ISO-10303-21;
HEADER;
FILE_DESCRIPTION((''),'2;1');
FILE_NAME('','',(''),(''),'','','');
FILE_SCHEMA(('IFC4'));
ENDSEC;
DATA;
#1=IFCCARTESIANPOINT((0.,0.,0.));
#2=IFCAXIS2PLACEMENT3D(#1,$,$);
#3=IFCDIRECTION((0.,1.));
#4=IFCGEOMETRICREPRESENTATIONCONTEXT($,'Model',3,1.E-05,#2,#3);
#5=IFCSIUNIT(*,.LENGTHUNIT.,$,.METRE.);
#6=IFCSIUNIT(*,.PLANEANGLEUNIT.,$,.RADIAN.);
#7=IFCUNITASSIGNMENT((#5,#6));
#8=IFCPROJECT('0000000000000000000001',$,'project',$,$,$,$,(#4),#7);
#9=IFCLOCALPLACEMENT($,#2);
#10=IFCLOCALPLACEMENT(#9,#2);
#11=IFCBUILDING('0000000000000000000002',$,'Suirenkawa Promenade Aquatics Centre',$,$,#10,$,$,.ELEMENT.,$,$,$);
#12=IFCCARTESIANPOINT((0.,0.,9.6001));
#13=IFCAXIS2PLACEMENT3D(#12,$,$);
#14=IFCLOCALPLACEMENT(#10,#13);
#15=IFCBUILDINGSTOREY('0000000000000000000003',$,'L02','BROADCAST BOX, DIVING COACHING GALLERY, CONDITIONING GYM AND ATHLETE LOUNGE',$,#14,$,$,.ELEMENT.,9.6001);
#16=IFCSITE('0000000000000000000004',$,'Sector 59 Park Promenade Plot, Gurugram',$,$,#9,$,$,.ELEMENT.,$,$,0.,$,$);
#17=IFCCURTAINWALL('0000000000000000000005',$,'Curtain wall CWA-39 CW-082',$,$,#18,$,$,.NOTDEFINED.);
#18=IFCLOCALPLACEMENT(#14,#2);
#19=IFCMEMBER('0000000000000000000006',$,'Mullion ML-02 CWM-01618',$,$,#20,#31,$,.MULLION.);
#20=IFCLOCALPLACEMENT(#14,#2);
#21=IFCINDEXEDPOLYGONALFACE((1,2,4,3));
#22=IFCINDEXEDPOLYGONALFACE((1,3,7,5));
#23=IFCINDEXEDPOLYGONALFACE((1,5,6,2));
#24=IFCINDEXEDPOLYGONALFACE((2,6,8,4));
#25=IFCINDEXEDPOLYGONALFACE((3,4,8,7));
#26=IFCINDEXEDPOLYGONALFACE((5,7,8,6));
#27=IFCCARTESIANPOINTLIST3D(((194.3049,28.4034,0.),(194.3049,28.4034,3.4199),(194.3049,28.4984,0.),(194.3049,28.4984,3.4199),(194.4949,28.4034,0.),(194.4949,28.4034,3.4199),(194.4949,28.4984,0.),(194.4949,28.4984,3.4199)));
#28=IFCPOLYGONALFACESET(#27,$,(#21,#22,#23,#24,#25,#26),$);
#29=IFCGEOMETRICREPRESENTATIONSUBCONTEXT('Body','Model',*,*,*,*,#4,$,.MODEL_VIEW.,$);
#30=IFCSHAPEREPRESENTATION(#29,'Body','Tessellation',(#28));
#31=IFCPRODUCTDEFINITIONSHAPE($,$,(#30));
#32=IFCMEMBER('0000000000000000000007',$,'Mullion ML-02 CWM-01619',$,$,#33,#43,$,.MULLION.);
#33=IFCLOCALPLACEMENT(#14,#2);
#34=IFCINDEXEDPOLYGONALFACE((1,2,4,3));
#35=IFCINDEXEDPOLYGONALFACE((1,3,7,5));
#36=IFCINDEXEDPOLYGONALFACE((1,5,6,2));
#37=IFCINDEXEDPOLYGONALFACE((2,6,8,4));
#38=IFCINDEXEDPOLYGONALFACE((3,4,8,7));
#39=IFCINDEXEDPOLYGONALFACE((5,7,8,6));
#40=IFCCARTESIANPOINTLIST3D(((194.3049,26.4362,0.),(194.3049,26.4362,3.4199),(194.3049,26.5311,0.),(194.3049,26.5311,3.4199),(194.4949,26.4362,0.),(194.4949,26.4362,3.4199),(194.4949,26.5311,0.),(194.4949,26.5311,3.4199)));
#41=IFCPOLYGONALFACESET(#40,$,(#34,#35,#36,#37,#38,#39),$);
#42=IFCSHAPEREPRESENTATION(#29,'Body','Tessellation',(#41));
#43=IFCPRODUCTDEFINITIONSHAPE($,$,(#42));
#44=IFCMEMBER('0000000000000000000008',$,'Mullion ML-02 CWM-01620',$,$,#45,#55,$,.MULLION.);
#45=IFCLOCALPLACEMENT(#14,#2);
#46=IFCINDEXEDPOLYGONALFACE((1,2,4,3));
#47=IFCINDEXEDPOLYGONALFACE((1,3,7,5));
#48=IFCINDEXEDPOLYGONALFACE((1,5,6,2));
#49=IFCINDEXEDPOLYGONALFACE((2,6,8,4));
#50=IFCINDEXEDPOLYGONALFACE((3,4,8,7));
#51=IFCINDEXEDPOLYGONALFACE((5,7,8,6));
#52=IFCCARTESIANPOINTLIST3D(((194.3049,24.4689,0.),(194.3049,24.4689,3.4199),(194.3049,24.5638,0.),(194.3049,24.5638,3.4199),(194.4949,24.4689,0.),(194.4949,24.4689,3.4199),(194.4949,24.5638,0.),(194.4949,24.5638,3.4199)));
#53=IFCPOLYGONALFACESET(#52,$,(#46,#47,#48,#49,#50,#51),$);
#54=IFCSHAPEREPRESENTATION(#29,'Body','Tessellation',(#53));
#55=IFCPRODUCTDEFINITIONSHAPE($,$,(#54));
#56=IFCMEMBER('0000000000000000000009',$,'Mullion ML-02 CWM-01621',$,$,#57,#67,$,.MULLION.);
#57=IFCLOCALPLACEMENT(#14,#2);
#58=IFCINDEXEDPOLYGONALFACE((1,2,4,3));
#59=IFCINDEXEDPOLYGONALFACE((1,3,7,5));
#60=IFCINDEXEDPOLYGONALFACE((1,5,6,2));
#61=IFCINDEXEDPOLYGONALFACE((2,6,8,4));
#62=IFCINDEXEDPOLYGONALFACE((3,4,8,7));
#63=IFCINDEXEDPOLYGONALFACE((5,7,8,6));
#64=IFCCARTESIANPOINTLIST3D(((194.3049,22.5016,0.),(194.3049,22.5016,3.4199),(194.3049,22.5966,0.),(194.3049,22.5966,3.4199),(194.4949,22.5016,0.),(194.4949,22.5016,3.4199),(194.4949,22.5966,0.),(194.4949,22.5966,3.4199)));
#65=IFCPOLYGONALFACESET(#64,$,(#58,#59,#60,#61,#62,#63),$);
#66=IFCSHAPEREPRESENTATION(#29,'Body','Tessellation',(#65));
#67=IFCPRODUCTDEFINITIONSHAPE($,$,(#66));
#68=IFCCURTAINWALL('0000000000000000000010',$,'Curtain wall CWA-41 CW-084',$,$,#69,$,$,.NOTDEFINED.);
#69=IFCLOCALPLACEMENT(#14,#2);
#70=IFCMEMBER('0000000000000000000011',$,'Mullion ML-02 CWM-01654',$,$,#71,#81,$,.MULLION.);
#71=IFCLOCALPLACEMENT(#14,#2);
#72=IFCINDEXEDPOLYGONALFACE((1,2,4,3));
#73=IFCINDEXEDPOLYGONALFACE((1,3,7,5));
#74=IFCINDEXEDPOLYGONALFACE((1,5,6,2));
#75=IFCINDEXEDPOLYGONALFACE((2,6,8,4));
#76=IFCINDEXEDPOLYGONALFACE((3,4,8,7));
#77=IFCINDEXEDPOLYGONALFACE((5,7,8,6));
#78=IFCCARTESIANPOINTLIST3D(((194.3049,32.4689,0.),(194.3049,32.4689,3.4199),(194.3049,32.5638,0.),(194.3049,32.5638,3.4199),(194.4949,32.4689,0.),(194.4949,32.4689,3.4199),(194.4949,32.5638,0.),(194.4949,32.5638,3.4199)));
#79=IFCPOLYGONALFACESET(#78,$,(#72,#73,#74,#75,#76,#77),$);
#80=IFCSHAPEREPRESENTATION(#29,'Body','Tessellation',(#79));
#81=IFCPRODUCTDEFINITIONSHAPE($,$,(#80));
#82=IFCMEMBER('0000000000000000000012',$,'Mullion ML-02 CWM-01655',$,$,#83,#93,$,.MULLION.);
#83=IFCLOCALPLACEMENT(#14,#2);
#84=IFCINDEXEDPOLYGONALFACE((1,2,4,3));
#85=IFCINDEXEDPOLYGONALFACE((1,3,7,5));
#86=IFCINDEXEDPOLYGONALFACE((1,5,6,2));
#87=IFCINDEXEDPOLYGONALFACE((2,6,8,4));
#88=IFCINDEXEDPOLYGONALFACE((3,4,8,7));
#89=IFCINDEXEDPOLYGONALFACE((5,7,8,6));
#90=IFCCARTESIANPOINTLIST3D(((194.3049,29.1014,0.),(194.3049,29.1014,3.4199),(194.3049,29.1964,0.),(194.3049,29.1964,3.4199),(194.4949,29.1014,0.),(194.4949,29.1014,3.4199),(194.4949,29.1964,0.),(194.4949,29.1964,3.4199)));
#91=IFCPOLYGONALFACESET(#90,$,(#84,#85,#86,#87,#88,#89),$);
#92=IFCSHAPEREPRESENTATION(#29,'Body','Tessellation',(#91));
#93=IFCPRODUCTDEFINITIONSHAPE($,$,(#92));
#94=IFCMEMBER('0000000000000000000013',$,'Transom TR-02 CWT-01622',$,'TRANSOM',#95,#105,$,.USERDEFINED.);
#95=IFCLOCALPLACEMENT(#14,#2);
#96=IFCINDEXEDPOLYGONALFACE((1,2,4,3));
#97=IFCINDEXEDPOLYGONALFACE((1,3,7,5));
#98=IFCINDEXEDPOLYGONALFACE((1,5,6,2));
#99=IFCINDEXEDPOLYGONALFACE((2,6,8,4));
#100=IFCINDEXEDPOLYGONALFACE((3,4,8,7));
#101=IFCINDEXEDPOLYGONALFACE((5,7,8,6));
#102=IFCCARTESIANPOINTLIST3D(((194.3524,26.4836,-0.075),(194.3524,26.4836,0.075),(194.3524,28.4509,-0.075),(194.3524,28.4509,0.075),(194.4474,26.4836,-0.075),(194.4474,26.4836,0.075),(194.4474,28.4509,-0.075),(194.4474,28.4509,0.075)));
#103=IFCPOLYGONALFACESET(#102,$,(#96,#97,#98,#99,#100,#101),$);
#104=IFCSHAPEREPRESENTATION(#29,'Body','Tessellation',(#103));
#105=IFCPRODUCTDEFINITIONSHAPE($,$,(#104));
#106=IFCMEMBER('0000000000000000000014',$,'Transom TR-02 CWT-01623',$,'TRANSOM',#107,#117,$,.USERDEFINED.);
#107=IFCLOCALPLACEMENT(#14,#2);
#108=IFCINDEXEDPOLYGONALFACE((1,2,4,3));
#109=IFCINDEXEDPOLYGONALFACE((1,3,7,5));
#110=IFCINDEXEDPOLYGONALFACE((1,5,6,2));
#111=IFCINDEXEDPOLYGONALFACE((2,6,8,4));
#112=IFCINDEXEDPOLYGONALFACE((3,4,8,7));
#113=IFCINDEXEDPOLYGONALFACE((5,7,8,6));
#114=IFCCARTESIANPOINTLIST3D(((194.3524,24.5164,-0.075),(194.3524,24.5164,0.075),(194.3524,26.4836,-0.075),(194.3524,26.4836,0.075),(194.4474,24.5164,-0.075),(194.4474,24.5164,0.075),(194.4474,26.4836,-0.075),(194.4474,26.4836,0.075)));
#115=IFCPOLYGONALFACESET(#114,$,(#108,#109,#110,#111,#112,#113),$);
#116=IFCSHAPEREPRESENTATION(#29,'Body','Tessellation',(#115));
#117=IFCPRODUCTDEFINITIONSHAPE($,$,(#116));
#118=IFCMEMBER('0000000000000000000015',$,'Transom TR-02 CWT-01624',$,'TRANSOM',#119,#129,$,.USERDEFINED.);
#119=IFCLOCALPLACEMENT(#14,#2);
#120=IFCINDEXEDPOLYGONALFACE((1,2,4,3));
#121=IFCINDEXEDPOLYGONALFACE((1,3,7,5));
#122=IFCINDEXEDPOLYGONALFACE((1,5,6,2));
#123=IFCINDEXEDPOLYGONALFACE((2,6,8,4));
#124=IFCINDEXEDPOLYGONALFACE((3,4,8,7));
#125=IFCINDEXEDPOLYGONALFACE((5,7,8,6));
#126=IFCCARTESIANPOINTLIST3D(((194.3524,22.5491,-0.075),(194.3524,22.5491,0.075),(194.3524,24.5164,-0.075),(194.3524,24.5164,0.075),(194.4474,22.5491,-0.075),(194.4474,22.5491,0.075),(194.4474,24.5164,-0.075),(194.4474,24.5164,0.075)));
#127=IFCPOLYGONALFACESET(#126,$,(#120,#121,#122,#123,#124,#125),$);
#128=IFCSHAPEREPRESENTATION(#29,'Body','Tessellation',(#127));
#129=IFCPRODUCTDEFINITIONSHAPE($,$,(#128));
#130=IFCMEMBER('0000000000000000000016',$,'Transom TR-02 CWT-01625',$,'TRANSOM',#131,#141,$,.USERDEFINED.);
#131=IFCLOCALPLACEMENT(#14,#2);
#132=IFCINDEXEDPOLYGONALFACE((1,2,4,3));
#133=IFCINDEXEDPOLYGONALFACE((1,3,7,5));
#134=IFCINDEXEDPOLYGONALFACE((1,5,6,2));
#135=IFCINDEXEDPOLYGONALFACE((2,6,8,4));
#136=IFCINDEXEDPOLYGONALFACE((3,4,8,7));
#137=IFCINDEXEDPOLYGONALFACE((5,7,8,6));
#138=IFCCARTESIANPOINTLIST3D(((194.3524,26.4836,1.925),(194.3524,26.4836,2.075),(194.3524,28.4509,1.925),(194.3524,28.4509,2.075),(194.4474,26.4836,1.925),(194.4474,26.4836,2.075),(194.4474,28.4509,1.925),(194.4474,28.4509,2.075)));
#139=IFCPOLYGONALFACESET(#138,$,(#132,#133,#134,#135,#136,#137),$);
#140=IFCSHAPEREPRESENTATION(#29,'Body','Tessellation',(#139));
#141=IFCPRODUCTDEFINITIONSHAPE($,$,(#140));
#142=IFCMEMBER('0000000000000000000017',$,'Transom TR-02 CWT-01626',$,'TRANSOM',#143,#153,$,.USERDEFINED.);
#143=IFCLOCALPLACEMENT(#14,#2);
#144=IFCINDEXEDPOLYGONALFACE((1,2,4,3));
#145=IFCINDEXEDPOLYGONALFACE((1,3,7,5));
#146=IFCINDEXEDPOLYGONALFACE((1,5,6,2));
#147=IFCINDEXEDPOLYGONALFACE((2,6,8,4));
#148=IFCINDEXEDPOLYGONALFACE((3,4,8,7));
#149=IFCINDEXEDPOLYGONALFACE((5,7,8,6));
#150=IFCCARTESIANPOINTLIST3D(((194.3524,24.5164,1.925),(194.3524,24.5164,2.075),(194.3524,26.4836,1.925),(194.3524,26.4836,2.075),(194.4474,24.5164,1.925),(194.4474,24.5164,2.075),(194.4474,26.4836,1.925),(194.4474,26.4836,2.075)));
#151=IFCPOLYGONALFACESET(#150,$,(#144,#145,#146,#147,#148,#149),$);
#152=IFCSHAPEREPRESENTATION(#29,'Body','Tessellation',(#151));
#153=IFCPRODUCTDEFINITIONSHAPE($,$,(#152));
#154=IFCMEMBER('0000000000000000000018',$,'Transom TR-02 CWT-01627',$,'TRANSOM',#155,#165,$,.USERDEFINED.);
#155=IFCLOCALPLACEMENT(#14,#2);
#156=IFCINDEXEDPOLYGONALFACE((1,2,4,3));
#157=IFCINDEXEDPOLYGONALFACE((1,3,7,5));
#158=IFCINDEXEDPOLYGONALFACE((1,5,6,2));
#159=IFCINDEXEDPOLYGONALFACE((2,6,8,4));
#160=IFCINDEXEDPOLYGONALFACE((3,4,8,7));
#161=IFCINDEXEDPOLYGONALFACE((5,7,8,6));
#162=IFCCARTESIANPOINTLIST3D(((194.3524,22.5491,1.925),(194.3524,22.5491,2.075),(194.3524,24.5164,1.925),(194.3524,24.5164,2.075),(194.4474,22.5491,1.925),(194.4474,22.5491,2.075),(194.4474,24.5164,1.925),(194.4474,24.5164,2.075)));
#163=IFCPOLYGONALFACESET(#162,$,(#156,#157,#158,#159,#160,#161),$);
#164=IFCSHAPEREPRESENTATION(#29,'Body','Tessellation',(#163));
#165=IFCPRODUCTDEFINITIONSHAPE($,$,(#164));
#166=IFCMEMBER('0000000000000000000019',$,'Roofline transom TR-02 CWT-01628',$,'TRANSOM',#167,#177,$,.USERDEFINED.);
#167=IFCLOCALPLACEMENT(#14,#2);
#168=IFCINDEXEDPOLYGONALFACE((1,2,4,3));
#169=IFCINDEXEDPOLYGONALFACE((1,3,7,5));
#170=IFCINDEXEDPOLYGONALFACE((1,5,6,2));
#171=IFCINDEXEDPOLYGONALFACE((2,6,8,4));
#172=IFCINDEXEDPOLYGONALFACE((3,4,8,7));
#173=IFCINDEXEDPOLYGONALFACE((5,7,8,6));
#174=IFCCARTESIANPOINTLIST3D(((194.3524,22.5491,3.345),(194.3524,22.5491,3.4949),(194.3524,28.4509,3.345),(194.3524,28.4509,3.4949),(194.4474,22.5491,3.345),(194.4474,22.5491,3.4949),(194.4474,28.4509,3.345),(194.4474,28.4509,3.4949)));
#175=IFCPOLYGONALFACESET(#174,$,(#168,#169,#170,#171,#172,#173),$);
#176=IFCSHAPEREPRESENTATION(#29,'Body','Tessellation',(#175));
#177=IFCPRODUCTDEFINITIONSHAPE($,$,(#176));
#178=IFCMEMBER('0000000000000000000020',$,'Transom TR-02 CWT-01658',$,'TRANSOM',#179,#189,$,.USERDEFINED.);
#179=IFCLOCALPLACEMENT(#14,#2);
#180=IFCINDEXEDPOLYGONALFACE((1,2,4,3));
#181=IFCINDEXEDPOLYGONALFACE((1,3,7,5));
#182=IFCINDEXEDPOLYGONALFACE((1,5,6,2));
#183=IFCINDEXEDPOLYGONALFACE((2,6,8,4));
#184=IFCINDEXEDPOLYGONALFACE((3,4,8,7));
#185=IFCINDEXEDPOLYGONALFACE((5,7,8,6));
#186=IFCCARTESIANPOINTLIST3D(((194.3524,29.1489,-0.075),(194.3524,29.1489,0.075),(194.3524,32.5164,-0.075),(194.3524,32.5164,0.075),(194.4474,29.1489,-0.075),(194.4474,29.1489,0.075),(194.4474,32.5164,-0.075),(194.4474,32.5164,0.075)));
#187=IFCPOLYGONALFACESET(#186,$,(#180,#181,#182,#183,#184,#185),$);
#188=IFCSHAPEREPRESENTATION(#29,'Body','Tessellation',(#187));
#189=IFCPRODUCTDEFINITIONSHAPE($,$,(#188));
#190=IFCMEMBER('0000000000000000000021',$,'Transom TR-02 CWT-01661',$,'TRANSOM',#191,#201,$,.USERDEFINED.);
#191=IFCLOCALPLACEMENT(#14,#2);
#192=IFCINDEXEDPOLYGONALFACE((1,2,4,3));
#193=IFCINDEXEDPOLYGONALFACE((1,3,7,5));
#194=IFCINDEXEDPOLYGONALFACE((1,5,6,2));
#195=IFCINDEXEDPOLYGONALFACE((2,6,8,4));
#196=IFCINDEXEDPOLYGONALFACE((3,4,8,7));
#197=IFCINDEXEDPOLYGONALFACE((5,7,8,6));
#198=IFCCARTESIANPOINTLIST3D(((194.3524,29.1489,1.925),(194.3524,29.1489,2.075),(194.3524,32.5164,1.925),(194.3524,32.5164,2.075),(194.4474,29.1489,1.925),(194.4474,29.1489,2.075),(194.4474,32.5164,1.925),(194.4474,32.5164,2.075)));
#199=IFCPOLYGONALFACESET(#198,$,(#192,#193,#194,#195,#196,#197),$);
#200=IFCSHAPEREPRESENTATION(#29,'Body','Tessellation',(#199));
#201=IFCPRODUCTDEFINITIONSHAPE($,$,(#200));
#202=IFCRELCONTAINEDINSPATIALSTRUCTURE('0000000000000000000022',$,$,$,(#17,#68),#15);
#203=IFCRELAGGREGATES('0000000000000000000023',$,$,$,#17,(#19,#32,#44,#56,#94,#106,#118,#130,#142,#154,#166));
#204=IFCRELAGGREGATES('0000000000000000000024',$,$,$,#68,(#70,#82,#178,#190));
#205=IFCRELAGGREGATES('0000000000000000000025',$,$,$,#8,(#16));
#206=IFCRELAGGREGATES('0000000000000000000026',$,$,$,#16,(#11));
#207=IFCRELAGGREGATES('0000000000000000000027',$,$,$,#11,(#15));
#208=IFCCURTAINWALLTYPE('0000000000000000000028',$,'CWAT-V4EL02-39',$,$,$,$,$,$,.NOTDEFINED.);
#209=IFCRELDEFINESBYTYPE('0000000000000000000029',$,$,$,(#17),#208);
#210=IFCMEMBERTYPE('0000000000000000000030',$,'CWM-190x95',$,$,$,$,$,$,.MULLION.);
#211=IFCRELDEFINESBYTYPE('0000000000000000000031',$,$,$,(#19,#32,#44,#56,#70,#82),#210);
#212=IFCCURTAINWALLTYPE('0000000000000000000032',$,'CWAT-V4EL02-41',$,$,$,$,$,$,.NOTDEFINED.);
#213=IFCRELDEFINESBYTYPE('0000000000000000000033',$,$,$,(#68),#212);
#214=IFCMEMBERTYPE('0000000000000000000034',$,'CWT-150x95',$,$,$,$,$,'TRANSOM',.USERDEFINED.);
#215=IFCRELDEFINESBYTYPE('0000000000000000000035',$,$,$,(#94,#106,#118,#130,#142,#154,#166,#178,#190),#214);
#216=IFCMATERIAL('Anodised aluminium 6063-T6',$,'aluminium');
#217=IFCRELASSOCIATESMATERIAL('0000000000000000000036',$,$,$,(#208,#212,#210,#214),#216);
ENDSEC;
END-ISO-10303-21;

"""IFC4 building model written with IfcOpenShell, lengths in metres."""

from ifc_helpers import new_model, si_unit, direction, frame, origin, origin_2d, place, context, subcontext, project, spatial, rectangle, extrude, material, material_profile, profile_set, type_object, element, aggregate, save


model = new_model("IFC4")

# Units and contexts
model_context = context("Model", 3, precision=1e-05, world=origin(), true_north=direction((0.0, 1.0)))
body_context = subcontext(model_context, "Body", "Model", "MODEL_VIEW")
ifc_project = project(units=[si_unit("LENGTHUNIT", "METRE"), si_unit("PLANEANGLEUNIT", "RADIAN")], contexts=[model_context])

# Site, building, storey
site_placement = place(None, origin())
site = spatial("IfcSite", under=ifc_project, at=site_placement, Name="Sector 59 Park Promenade Plot, Gurugram", CompositionType="ELEMENT", RefElevation=0.0)
building_placement = place(site_placement, origin())
building = spatial("IfcBuilding", under=site, at=building_placement, Name="Suirenkawa Promenade Aquatics Centre", CompositionType="ELEMENT")
storey_placement = place(building_placement, frame((0.0, 0.0, 9.6001)))
storey = spatial("IfcBuildingStorey", under=building, at=storey_placement, Name="L02", Description="BROADCAST BOX, DIVING COACHING GALLERY, CONDITIONING GYM AND ATHLETE LOUNGE", CompositionType="ELEMENT", Elevation=9.6001)

# Curtain walls, members
ifc_material_1 = material(Name="Anodised aluminium 6063-T6", Category="aluminium")
curtain_wall_type_1 = type_object("IfcCurtainWallType", Name="CWAT-V4EL02-39", PredefinedType="NOTDEFINED", material=ifc_material_1)
curtain_wall_1_placement = place(storey_placement, origin())
curtain_wall_1 = element("IfcCurtainWall", 1, at=curtain_wall_1_placement, inside=storey, type_object=curtain_wall_type_1, Name="Curtain wall CWA-39 CW-082", PredefinedType="NOTDEFINED")
ifc_material_profile_1 = material_profile(ifc_material_1, rectangle(XDim=0.095, YDim=0.1899, at=origin_2d()), Name="ALU MULL 95x190", Category="aluminium")
ifc_profile_set_1 = profile_set([ifc_material_profile_1], Name="Anodised aluminium 6063-T6")
member_type_1 = type_object("IfcMemberType", Name="CWM-190x95", PredefinedType="MULLION", material=ifc_profile_set_1)
member_1_placement = place(storey_placement, frame((194.3999, 28.4509, 0.0), z_axis=(0.0, 0.0, 1.0), x_axis=(0.0, -1.0, 0.0)))
member_1 = element("IfcMember", 2, at=member_1_placement, type_object=member_type_1, Name="Mullion ML-02 CWM-01618", PredefinedType="MULLION", context=body_context, shape_type="SweptSolid", body=[
    extrude(rectangle(XDim=0.095, YDim=0.1899, at=origin_2d()), origin(), (0.0, 0.0, 1.0), 3.4199),
])
member_2_placement = place(storey_placement, frame((194.3999, 26.4836, 0.0), z_axis=(0.0, 0.0, 1.0), x_axis=(0.0, -1.0, 0.0)))
member_2 = element("IfcMember", 3, at=member_2_placement, type_object=member_type_1, Name="Mullion ML-02 CWM-01619", PredefinedType="MULLION", context=body_context, shape_type="SweptSolid", body=[
    extrude(rectangle(XDim=0.095, YDim=0.1899, at=origin_2d()), origin(), (0.0, 0.0, 1.0), 3.4199),
])
member_3_placement = place(storey_placement, frame((194.3999, 24.5164, 0.0), z_axis=(0.0, 0.0, 1.0), x_axis=(0.0, -1.0, 0.0)))
member_3 = element("IfcMember", 4, at=member_3_placement, type_object=member_type_1, Name="Mullion ML-02 CWM-01620", PredefinedType="MULLION", context=body_context, shape_type="SweptSolid", body=[
    extrude(rectangle(XDim=0.095, YDim=0.1899, at=origin_2d()), origin(), (0.0, 0.0, 1.0), 3.4199),
])
member_4_placement = place(storey_placement, frame((194.3999, 22.5491, 0.0), z_axis=(0.0, 0.0, 1.0), x_axis=(0.0, -1.0, 0.0)))
member_4 = element("IfcMember", 5, at=member_4_placement, type_object=member_type_1, Name="Mullion ML-02 CWM-01621", PredefinedType="MULLION", context=body_context, shape_type="SweptSolid", body=[
    extrude(rectangle(XDim=0.095, YDim=0.1899, at=origin_2d()), origin(), (0.0, 0.0, 1.0), 3.4199),
])
curtain_wall_type_2 = type_object("IfcCurtainWallType", Name="CWAT-V4EL02-41", PredefinedType="NOTDEFINED", material=ifc_material_1)
curtain_wall_2_placement = place(storey_placement, origin())
curtain_wall_2 = element("IfcCurtainWall", 6, at=curtain_wall_2_placement, inside=storey, type_object=curtain_wall_type_2, Name="Curtain wall CWA-41 CW-084", PredefinedType="NOTDEFINED")
member_5_placement = place(storey_placement, frame((194.3999, 32.5164, 0.0), z_axis=(0.0, 0.0, 1.0), x_axis=(0.0, -1.0, 0.0)))
member_5 = element("IfcMember", 7, at=member_5_placement, type_object=member_type_1, Name="Mullion ML-02 CWM-01654", PredefinedType="MULLION", context=body_context, shape_type="SweptSolid", body=[
    extrude(rectangle(XDim=0.095, YDim=0.1899, at=origin_2d()), origin(), (0.0, 0.0, 1.0), 3.4199),
])
member_6_placement = place(storey_placement, frame((194.3999, 29.1489, 0.0), z_axis=(0.0, 0.0, 1.0), x_axis=(0.0, -1.0, 0.0)))
member_6 = element("IfcMember", 8, at=member_6_placement, type_object=member_type_1, Name="Mullion ML-02 CWM-01655", PredefinedType="MULLION", context=body_context, shape_type="SweptSolid", body=[
    extrude(rectangle(XDim=0.095, YDim=0.1899, at=origin_2d()), origin(), (0.0, 0.0, 1.0), 3.4199),
])

# Members
ifc_material_profile_2 = material_profile(ifc_material_1, rectangle(XDim=0.095, YDim=0.1499, at=origin_2d()), Name="ALU TRAN 95x150", Category="aluminium")
ifc_profile_set_2 = profile_set([ifc_material_profile_2], Name="Anodised aluminium 6063-T6")
member_type_2 = type_object("IfcMemberType", Name="CWT-150x95", ElementType="TRANSOM", PredefinedType="USERDEFINED", material=ifc_profile_set_2)
member_7_placement = place(storey_placement, frame((194.3999, 28.4509, 0.0), z_axis=(0.0, -1.0, 0.0), x_axis=(1.0, 0.0, 0.0)))
member_7 = element("IfcMember", 9, at=member_7_placement, type_object=member_type_2, Name="Transom TR-02 CWT-01622", ObjectType="TRANSOM", PredefinedType="USERDEFINED", context=body_context, shape_type="SweptSolid", body=[
    extrude(rectangle(XDim=0.095, YDim=0.1499, at=origin_2d()), origin(), (0.0, 0.0, 1.0), 1.9673),
])
member_8_placement = place(storey_placement, frame((194.3999, 26.4836, 0.0), z_axis=(0.0, -1.0, 0.0), x_axis=(1.0, 0.0, 0.0)))
member_8 = element("IfcMember", 10, at=member_8_placement, type_object=member_type_2, Name="Transom TR-02 CWT-01623", ObjectType="TRANSOM", PredefinedType="USERDEFINED", context=body_context, shape_type="SweptSolid", body=[
    extrude(rectangle(XDim=0.095, YDim=0.1499, at=origin_2d()), origin(), (0.0, 0.0, 1.0), 1.9673),
])
member_9_placement = place(storey_placement, frame((194.3999, 24.5164, 0.0), z_axis=(0.0, -1.0, 0.0), x_axis=(1.0, 0.0, 0.0)))
member_9 = element("IfcMember", 11, at=member_9_placement, type_object=member_type_2, Name="Transom TR-02 CWT-01624", ObjectType="TRANSOM", PredefinedType="USERDEFINED", context=body_context, shape_type="SweptSolid", body=[
    extrude(rectangle(XDim=0.095, YDim=0.1499, at=origin_2d()), origin(), (0.0, 0.0, 1.0), 1.9673),
])
member_10_placement = place(storey_placement, frame((194.3999, 28.4509, 2.0), z_axis=(0.0, -1.0, 0.0), x_axis=(1.0, 0.0, 0.0)))
member_10 = element("IfcMember", 12, at=member_10_placement, type_object=member_type_2, Name="Transom TR-02 CWT-01625", ObjectType="TRANSOM", PredefinedType="USERDEFINED", context=body_context, shape_type="SweptSolid", body=[
    extrude(rectangle(XDim=0.095, YDim=0.1499, at=origin_2d()), origin(), (0.0, 0.0, 1.0), 1.9673),
])
member_11_placement = place(storey_placement, frame((194.3999, 26.4836, 2.0), z_axis=(0.0, -1.0, 0.0), x_axis=(1.0, 0.0, 0.0)))
member_11 = element("IfcMember", 13, at=member_11_placement, type_object=member_type_2, Name="Transom TR-02 CWT-01626", ObjectType="TRANSOM", PredefinedType="USERDEFINED", context=body_context, shape_type="SweptSolid", body=[
    extrude(rectangle(XDim=0.095, YDim=0.1499, at=origin_2d()), origin(), (0.0, 0.0, 1.0), 1.9673),
])
member_12_placement = place(storey_placement, frame((194.3999, 24.5164, 2.0), z_axis=(0.0, -1.0, 0.0), x_axis=(1.0, 0.0, 0.0)))
member_12 = element("IfcMember", 14, at=member_12_placement, type_object=member_type_2, Name="Transom TR-02 CWT-01627", ObjectType="TRANSOM", PredefinedType="USERDEFINED", context=body_context, shape_type="SweptSolid", body=[
    extrude(rectangle(XDim=0.095, YDim=0.1499, at=origin_2d()), origin(), (0.0, 0.0, 1.0), 1.9673),
])
member_13_placement = place(storey_placement, frame((194.3999, 28.4509, 3.4199), z_axis=(0.0, -1.0, 0.0), x_axis=(1.0, 0.0, 0.0)))
member_13 = element("IfcMember", 15, at=member_13_placement, type_object=member_type_2, Name="Roofline transom TR-02 CWT-01628", ObjectType="TRANSOM", PredefinedType="USERDEFINED", context=body_context, shape_type="SweptSolid", body=[
    extrude(rectangle(XDim=0.095, YDim=0.1499, at=origin_2d()), origin(), (0.0, 0.0, 1.0), 5.9019),
])
member_14_placement = place(storey_placement, frame((194.3999, 32.5164, 0.0), z_axis=(0.0, -1.0, 0.0), x_axis=(1.0, 0.0, 0.0)))
member_14 = element("IfcMember", 16, at=member_14_placement, type_object=member_type_2, Name="Transom TR-02 CWT-01658", ObjectType="TRANSOM", PredefinedType="USERDEFINED", context=body_context, shape_type="SweptSolid", body=[
    extrude(rectangle(XDim=0.095, YDim=0.1499, at=origin_2d()), origin(), (0.0, 0.0, 1.0), 3.3674),
])
member_15_placement = place(storey_placement, frame((194.3999, 32.5164, 2.0), z_axis=(0.0, -1.0, 0.0), x_axis=(1.0, 0.0, 0.0)))
member_15 = element("IfcMember", 17, at=member_15_placement, type_object=member_type_2, Name="Transom TR-02 CWT-01661", ObjectType="TRANSOM", PredefinedType="USERDEFINED", context=body_context, shape_type="SweptSolid", body=[
    extrude(rectangle(XDim=0.095, YDim=0.1499, at=origin_2d()), origin(), (0.0, 0.0, 1.0), 3.3674),
])

aggregate(curtain_wall_1, [member_1, member_2, member_3, member_4, member_7, member_8, member_9, member_10, member_11, member_12, member_13])
aggregate(curtain_wall_2, [member_5, member_6, member_14, member_15])

save(model, "model.ifc")
